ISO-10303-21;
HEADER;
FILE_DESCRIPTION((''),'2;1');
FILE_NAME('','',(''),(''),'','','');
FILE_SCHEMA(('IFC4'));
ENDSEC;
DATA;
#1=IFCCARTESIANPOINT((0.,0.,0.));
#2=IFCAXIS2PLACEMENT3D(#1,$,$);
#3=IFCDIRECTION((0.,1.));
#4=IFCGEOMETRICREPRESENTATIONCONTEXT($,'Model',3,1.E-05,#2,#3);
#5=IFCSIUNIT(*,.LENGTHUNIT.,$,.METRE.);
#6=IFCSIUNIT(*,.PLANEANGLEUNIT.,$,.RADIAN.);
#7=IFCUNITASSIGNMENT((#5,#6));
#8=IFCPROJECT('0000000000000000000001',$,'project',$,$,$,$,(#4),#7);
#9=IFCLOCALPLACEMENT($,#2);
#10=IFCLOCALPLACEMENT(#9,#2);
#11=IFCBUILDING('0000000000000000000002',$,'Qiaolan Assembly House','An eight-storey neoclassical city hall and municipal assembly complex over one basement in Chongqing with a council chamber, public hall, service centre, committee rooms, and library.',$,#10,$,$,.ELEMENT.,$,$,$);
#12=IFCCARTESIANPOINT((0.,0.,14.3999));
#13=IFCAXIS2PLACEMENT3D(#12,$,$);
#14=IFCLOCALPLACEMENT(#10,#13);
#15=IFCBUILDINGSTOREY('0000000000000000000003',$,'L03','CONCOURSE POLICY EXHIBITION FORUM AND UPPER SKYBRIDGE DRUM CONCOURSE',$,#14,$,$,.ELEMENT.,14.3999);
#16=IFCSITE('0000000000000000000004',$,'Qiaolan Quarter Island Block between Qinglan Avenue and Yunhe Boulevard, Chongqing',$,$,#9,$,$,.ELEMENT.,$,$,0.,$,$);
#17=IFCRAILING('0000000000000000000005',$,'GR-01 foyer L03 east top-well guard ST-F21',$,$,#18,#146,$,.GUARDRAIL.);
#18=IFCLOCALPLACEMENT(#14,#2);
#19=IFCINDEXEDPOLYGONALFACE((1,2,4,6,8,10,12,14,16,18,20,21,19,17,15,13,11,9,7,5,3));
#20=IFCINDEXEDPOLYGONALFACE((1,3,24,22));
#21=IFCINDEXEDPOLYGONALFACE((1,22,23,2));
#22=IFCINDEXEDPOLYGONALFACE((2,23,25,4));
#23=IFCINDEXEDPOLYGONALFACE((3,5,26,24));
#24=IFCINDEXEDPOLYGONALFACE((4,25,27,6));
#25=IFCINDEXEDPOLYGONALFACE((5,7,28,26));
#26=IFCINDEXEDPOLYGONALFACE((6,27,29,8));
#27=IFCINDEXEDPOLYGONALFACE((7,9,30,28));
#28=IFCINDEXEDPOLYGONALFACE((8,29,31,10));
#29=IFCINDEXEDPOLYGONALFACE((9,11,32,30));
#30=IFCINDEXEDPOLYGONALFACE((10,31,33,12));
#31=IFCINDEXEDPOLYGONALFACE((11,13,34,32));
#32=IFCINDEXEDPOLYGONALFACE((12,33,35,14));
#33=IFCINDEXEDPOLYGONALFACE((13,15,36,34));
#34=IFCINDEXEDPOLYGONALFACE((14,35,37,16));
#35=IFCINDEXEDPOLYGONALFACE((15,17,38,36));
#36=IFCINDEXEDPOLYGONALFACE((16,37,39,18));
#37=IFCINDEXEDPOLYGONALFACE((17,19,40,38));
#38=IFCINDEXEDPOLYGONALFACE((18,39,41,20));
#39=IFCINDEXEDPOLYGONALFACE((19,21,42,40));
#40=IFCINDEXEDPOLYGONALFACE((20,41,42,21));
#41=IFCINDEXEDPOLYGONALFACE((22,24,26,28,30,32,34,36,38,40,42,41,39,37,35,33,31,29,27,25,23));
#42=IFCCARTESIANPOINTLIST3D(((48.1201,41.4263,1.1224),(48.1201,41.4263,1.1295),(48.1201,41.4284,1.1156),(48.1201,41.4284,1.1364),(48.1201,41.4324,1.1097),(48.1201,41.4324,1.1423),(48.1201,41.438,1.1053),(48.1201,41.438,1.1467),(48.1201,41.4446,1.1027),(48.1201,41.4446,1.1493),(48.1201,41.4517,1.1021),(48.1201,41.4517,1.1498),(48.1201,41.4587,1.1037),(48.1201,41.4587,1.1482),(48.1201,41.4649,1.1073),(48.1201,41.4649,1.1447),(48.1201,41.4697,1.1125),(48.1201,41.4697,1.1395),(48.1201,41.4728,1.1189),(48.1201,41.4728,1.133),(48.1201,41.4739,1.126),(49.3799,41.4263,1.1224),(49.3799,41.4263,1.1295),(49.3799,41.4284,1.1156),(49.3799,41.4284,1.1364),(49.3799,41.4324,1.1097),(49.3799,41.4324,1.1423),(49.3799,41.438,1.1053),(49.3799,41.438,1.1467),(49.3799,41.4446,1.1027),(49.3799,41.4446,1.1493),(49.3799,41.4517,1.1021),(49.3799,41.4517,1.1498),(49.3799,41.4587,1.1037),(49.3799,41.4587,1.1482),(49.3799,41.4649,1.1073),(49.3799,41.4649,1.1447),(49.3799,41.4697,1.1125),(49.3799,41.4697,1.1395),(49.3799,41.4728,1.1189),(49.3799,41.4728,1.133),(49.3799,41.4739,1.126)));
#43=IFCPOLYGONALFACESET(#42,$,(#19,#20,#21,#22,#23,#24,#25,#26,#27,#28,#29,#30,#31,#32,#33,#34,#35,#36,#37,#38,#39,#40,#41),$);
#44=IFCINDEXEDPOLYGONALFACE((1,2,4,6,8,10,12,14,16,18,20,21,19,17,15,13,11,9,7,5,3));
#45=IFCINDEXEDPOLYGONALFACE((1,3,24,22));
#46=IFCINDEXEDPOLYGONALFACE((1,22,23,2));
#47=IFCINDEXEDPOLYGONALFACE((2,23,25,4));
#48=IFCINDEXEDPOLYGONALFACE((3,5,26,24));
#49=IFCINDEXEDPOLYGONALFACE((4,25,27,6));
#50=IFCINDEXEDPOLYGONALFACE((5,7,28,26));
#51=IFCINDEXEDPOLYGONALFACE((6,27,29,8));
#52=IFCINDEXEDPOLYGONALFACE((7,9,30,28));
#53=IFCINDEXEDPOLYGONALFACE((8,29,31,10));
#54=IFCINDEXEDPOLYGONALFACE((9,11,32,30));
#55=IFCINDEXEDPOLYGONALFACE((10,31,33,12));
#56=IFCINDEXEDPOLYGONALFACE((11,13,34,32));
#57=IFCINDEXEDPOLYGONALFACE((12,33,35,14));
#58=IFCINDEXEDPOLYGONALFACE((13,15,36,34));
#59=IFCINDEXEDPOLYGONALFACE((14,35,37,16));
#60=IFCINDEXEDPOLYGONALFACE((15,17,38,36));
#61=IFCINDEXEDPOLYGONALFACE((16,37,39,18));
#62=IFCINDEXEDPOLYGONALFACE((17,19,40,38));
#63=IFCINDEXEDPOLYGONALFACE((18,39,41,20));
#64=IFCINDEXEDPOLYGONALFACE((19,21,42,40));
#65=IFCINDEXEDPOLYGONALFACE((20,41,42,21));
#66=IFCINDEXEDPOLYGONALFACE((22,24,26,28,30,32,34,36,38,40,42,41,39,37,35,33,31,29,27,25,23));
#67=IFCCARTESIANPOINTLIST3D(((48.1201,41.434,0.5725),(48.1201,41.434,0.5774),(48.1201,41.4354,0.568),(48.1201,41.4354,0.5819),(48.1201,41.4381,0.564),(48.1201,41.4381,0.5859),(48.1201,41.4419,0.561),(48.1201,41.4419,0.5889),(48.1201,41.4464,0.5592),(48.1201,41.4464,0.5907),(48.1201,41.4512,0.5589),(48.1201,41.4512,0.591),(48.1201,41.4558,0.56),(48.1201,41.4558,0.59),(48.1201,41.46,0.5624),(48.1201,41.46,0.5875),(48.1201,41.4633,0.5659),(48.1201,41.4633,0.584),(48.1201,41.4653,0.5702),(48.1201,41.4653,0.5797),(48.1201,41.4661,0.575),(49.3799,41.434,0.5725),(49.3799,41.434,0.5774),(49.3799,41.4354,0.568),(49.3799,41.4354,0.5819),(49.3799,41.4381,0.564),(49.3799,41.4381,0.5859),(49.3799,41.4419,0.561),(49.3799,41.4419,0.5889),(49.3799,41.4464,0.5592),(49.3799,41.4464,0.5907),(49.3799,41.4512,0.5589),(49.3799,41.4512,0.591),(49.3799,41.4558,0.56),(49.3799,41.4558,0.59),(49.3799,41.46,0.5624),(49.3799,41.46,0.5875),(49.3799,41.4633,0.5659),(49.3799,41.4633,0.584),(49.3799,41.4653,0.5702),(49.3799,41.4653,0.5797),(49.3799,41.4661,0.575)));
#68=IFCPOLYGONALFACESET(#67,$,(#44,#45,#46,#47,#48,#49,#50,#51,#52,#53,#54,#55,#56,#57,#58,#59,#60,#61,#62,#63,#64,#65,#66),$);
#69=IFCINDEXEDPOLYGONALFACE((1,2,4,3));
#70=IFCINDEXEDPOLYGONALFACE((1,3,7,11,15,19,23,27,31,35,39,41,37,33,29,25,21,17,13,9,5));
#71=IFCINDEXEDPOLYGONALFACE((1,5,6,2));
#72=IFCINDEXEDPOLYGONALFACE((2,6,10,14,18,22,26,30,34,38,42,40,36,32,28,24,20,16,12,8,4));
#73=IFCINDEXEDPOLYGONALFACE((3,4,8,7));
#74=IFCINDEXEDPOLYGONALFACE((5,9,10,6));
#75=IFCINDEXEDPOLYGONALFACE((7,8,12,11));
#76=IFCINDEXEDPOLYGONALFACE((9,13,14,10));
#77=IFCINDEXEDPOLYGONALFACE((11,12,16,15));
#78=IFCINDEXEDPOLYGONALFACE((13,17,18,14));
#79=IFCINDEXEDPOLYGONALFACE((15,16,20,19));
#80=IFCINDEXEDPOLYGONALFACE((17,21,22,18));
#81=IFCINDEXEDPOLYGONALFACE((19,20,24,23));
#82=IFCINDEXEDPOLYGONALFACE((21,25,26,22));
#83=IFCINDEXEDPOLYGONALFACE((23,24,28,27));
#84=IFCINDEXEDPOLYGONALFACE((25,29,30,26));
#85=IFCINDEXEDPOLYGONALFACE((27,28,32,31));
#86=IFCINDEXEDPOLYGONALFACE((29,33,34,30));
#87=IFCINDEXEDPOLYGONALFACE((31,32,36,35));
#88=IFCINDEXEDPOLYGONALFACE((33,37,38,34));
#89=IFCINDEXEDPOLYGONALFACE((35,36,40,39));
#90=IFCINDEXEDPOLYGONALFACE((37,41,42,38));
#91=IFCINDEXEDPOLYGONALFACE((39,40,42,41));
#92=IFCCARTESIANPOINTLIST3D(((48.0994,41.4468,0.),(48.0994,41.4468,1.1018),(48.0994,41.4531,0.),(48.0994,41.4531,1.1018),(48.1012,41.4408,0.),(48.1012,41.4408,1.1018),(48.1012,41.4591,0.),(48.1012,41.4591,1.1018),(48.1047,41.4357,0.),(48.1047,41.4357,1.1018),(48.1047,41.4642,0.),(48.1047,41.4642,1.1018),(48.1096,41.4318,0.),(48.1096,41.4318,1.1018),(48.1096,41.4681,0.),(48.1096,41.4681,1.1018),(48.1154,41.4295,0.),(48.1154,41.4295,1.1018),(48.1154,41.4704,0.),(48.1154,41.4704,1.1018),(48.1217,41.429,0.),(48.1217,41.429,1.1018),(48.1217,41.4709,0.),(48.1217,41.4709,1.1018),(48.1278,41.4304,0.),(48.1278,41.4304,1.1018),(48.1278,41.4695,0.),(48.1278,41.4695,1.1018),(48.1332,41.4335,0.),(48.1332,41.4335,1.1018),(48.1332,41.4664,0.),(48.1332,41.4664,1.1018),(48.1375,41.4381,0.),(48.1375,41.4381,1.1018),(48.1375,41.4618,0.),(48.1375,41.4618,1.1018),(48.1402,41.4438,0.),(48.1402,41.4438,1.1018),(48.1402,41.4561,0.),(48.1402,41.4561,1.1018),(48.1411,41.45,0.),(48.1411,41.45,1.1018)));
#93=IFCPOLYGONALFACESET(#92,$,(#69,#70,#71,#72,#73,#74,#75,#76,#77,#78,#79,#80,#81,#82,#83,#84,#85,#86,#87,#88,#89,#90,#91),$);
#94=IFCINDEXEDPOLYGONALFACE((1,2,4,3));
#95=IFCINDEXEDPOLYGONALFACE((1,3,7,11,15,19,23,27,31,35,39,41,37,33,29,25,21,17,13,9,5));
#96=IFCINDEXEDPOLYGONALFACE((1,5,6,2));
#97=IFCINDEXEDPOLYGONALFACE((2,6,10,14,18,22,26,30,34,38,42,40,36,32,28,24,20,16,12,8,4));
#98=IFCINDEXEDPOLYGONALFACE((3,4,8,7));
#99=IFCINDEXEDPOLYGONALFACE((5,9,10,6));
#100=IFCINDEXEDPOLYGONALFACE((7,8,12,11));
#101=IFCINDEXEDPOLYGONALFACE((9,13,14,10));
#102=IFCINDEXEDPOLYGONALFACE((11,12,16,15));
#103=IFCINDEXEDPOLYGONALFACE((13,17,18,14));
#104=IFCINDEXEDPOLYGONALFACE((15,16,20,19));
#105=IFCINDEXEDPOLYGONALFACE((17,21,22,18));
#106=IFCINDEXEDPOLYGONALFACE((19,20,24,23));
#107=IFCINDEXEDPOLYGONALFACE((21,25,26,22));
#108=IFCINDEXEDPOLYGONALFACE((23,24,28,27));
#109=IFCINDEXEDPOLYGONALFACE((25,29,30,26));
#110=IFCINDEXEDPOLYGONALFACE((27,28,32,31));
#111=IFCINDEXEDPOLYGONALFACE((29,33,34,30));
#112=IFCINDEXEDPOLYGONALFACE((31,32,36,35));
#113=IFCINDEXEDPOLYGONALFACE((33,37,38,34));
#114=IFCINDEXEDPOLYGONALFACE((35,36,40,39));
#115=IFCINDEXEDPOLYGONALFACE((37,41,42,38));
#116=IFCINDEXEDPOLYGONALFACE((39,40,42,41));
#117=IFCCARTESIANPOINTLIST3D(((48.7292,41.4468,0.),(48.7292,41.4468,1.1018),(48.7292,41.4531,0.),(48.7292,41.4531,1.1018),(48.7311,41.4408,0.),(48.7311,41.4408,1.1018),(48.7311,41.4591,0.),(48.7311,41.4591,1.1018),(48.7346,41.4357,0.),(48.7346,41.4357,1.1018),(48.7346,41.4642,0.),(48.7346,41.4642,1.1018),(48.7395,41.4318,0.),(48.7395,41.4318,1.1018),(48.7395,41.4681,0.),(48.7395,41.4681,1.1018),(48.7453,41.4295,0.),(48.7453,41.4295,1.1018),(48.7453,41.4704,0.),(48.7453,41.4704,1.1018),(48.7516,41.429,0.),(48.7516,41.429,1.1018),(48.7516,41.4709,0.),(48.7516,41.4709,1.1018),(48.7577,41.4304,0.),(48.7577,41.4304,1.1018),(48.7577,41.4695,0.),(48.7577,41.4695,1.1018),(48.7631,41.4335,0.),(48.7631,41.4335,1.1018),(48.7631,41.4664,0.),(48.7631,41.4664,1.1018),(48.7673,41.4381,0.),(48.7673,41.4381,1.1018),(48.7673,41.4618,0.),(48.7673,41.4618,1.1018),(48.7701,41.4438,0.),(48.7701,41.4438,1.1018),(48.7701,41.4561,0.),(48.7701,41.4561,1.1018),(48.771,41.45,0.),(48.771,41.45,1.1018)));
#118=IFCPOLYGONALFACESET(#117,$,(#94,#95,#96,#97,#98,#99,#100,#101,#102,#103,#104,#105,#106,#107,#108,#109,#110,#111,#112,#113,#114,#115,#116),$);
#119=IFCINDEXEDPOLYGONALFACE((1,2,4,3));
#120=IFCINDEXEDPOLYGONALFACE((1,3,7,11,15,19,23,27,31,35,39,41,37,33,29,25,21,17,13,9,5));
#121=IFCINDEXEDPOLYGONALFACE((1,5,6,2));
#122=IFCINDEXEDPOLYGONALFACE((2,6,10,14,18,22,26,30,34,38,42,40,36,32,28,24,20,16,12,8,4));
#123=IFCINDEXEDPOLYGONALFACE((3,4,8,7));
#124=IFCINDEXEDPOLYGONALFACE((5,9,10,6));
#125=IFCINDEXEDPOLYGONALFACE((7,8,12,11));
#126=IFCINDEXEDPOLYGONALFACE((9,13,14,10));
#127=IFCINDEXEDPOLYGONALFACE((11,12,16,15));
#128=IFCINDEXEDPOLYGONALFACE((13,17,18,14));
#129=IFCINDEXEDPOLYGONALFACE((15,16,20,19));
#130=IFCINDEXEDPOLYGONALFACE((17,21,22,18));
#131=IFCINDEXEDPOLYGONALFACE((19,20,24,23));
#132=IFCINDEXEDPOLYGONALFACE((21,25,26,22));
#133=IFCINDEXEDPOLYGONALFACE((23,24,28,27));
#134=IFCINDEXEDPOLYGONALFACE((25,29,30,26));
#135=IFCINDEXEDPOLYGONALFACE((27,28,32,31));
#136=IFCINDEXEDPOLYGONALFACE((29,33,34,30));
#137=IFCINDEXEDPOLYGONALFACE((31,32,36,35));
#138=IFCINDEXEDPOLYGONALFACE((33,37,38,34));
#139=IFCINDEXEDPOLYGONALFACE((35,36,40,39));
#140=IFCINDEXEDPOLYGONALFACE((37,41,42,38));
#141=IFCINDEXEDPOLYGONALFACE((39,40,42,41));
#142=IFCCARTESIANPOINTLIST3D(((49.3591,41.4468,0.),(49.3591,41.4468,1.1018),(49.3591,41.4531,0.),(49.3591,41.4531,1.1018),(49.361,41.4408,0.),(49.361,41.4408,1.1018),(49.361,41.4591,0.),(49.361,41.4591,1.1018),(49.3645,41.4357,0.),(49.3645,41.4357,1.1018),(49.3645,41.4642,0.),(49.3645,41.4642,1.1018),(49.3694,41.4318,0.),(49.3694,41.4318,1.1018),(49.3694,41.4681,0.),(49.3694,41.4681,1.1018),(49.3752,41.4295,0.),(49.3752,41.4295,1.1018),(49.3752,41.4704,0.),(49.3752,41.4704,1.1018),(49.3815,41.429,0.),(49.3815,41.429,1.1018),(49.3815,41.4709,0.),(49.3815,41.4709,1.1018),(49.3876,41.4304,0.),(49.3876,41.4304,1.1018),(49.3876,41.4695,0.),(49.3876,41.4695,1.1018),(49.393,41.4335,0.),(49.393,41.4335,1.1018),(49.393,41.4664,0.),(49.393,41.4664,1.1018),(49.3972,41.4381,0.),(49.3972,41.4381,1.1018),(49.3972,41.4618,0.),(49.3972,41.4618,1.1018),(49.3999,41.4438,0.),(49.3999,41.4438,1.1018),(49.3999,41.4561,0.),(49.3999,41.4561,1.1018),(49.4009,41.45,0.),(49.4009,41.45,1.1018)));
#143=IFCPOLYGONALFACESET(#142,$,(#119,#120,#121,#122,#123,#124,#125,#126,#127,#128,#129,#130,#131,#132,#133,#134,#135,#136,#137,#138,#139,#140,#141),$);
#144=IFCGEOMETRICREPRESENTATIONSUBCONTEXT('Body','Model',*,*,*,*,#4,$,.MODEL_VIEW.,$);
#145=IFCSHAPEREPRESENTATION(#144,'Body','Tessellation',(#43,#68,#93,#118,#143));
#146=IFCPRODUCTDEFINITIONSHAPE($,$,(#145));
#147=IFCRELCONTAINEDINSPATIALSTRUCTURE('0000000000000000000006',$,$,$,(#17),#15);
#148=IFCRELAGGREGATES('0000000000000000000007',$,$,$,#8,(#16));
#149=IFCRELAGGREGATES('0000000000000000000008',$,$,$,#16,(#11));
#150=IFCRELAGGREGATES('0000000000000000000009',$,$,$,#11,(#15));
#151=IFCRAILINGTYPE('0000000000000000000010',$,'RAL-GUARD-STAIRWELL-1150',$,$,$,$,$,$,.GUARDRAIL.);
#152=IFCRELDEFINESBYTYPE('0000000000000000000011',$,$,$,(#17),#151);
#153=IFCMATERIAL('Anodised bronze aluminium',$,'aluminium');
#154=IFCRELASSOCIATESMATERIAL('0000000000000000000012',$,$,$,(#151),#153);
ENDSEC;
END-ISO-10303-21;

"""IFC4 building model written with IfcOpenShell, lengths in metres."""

from ifc_helpers import new_model, si_unit, direction, frame, origin, origin_2d, place, context, subcontext, project, spatial, circle, extrude, material, type_object, element, save


model = new_model("IFC4")

# Units and contexts
model_context = context("Model", 3, precision=1e-05, world=origin(), true_north=direction((0.0, 1.0)))
body_context = subcontext(model_context, "Body", "Model", "MODEL_VIEW")
ifc_project = project(units=[si_unit("LENGTHUNIT", "METRE"), si_unit("PLANEANGLEUNIT", "RADIAN")], contexts=[model_context])

# Site, building, storey
site_placement = place(None, origin())
site = spatial("IfcSite", under=ifc_project, at=site_placement, Name="Qiaolan Quarter Island Block between Qinglan Avenue and Yunhe Boulevard, Chongqing", CompositionType="ELEMENT", RefElevation=0.0)
building_placement = place(site_placement, origin())
building = spatial("IfcBuilding", under=site, at=building_placement, Name="Qiaolan Assembly House", Description="An eight-storey neoclassical city hall and municipal assembly complex over one basement in Chongqing with a council chamber, public hall, service centre, committee rooms, and library.", CompositionType="ELEMENT")
storey_placement = place(building_placement, frame((0.0, 0.0, 14.3999)))
storey = spatial("IfcBuildingStorey", under=building, at=storey_placement, Name="L03", Description="CONCOURSE POLICY EXHIBITION FORUM AND UPPER SKYBRIDGE DRUM CONCOURSE", CompositionType="ELEMENT", Elevation=14.3999)

# Shared definitions
ifc_material_1 = material(Name="Anodised bronze aluminium", Category="aluminium")

# Railing
railing_type = type_object("IfcRailingType", Name="RAL-GUARD-STAIRWELL-1150", PredefinedType="GUARDRAIL", material=ifc_material_1)
railing_1_placement = place(storey_placement, frame((48.1201, 41.45, 0.0)))
element("IfcRailing", 1, at=railing_1_placement, inside=storey, type_object=railing_type, Name="GR-01 foyer L03 east top-well guard ST-F21", PredefinedType="GUARDRAIL", context=body_context, shape_type="SweptSolid", body=[
    extrude(circle(Radius=0.0239, at=origin_2d()), frame((0.0, 0.0, 1.126), z_axis=(1.0, 0.0, 0.0), x_axis=(0.0, 1.0, 0.0)), (0.0, 0.0, 1.0), 1.2598),
    extrude(circle(Radius=0.0161, at=origin_2d()), frame((0.0, 0.0, 0.575), z_axis=(1.0, 0.0, 0.0), x_axis=(0.0, 1.0, 0.0)), (0.0, 0.0, 1.0), 1.2598),
    extrude(circle(Radius=0.021, at=origin_2d()), origin(), (0.0, 0.0, 1.0), 1.1018),
    extrude(circle(Radius=0.021, at=origin_2d()), frame((0.6299, 0.0, 0.0)), (0.0, 0.0, 1.0), 1.1018),
    extrude(circle(Radius=0.021, at=origin_2d()), frame((1.2598, 0.0, 0.0)), (0.0, 0.0, 1.0), 1.1018),
])

save(model, "model.ifc")
